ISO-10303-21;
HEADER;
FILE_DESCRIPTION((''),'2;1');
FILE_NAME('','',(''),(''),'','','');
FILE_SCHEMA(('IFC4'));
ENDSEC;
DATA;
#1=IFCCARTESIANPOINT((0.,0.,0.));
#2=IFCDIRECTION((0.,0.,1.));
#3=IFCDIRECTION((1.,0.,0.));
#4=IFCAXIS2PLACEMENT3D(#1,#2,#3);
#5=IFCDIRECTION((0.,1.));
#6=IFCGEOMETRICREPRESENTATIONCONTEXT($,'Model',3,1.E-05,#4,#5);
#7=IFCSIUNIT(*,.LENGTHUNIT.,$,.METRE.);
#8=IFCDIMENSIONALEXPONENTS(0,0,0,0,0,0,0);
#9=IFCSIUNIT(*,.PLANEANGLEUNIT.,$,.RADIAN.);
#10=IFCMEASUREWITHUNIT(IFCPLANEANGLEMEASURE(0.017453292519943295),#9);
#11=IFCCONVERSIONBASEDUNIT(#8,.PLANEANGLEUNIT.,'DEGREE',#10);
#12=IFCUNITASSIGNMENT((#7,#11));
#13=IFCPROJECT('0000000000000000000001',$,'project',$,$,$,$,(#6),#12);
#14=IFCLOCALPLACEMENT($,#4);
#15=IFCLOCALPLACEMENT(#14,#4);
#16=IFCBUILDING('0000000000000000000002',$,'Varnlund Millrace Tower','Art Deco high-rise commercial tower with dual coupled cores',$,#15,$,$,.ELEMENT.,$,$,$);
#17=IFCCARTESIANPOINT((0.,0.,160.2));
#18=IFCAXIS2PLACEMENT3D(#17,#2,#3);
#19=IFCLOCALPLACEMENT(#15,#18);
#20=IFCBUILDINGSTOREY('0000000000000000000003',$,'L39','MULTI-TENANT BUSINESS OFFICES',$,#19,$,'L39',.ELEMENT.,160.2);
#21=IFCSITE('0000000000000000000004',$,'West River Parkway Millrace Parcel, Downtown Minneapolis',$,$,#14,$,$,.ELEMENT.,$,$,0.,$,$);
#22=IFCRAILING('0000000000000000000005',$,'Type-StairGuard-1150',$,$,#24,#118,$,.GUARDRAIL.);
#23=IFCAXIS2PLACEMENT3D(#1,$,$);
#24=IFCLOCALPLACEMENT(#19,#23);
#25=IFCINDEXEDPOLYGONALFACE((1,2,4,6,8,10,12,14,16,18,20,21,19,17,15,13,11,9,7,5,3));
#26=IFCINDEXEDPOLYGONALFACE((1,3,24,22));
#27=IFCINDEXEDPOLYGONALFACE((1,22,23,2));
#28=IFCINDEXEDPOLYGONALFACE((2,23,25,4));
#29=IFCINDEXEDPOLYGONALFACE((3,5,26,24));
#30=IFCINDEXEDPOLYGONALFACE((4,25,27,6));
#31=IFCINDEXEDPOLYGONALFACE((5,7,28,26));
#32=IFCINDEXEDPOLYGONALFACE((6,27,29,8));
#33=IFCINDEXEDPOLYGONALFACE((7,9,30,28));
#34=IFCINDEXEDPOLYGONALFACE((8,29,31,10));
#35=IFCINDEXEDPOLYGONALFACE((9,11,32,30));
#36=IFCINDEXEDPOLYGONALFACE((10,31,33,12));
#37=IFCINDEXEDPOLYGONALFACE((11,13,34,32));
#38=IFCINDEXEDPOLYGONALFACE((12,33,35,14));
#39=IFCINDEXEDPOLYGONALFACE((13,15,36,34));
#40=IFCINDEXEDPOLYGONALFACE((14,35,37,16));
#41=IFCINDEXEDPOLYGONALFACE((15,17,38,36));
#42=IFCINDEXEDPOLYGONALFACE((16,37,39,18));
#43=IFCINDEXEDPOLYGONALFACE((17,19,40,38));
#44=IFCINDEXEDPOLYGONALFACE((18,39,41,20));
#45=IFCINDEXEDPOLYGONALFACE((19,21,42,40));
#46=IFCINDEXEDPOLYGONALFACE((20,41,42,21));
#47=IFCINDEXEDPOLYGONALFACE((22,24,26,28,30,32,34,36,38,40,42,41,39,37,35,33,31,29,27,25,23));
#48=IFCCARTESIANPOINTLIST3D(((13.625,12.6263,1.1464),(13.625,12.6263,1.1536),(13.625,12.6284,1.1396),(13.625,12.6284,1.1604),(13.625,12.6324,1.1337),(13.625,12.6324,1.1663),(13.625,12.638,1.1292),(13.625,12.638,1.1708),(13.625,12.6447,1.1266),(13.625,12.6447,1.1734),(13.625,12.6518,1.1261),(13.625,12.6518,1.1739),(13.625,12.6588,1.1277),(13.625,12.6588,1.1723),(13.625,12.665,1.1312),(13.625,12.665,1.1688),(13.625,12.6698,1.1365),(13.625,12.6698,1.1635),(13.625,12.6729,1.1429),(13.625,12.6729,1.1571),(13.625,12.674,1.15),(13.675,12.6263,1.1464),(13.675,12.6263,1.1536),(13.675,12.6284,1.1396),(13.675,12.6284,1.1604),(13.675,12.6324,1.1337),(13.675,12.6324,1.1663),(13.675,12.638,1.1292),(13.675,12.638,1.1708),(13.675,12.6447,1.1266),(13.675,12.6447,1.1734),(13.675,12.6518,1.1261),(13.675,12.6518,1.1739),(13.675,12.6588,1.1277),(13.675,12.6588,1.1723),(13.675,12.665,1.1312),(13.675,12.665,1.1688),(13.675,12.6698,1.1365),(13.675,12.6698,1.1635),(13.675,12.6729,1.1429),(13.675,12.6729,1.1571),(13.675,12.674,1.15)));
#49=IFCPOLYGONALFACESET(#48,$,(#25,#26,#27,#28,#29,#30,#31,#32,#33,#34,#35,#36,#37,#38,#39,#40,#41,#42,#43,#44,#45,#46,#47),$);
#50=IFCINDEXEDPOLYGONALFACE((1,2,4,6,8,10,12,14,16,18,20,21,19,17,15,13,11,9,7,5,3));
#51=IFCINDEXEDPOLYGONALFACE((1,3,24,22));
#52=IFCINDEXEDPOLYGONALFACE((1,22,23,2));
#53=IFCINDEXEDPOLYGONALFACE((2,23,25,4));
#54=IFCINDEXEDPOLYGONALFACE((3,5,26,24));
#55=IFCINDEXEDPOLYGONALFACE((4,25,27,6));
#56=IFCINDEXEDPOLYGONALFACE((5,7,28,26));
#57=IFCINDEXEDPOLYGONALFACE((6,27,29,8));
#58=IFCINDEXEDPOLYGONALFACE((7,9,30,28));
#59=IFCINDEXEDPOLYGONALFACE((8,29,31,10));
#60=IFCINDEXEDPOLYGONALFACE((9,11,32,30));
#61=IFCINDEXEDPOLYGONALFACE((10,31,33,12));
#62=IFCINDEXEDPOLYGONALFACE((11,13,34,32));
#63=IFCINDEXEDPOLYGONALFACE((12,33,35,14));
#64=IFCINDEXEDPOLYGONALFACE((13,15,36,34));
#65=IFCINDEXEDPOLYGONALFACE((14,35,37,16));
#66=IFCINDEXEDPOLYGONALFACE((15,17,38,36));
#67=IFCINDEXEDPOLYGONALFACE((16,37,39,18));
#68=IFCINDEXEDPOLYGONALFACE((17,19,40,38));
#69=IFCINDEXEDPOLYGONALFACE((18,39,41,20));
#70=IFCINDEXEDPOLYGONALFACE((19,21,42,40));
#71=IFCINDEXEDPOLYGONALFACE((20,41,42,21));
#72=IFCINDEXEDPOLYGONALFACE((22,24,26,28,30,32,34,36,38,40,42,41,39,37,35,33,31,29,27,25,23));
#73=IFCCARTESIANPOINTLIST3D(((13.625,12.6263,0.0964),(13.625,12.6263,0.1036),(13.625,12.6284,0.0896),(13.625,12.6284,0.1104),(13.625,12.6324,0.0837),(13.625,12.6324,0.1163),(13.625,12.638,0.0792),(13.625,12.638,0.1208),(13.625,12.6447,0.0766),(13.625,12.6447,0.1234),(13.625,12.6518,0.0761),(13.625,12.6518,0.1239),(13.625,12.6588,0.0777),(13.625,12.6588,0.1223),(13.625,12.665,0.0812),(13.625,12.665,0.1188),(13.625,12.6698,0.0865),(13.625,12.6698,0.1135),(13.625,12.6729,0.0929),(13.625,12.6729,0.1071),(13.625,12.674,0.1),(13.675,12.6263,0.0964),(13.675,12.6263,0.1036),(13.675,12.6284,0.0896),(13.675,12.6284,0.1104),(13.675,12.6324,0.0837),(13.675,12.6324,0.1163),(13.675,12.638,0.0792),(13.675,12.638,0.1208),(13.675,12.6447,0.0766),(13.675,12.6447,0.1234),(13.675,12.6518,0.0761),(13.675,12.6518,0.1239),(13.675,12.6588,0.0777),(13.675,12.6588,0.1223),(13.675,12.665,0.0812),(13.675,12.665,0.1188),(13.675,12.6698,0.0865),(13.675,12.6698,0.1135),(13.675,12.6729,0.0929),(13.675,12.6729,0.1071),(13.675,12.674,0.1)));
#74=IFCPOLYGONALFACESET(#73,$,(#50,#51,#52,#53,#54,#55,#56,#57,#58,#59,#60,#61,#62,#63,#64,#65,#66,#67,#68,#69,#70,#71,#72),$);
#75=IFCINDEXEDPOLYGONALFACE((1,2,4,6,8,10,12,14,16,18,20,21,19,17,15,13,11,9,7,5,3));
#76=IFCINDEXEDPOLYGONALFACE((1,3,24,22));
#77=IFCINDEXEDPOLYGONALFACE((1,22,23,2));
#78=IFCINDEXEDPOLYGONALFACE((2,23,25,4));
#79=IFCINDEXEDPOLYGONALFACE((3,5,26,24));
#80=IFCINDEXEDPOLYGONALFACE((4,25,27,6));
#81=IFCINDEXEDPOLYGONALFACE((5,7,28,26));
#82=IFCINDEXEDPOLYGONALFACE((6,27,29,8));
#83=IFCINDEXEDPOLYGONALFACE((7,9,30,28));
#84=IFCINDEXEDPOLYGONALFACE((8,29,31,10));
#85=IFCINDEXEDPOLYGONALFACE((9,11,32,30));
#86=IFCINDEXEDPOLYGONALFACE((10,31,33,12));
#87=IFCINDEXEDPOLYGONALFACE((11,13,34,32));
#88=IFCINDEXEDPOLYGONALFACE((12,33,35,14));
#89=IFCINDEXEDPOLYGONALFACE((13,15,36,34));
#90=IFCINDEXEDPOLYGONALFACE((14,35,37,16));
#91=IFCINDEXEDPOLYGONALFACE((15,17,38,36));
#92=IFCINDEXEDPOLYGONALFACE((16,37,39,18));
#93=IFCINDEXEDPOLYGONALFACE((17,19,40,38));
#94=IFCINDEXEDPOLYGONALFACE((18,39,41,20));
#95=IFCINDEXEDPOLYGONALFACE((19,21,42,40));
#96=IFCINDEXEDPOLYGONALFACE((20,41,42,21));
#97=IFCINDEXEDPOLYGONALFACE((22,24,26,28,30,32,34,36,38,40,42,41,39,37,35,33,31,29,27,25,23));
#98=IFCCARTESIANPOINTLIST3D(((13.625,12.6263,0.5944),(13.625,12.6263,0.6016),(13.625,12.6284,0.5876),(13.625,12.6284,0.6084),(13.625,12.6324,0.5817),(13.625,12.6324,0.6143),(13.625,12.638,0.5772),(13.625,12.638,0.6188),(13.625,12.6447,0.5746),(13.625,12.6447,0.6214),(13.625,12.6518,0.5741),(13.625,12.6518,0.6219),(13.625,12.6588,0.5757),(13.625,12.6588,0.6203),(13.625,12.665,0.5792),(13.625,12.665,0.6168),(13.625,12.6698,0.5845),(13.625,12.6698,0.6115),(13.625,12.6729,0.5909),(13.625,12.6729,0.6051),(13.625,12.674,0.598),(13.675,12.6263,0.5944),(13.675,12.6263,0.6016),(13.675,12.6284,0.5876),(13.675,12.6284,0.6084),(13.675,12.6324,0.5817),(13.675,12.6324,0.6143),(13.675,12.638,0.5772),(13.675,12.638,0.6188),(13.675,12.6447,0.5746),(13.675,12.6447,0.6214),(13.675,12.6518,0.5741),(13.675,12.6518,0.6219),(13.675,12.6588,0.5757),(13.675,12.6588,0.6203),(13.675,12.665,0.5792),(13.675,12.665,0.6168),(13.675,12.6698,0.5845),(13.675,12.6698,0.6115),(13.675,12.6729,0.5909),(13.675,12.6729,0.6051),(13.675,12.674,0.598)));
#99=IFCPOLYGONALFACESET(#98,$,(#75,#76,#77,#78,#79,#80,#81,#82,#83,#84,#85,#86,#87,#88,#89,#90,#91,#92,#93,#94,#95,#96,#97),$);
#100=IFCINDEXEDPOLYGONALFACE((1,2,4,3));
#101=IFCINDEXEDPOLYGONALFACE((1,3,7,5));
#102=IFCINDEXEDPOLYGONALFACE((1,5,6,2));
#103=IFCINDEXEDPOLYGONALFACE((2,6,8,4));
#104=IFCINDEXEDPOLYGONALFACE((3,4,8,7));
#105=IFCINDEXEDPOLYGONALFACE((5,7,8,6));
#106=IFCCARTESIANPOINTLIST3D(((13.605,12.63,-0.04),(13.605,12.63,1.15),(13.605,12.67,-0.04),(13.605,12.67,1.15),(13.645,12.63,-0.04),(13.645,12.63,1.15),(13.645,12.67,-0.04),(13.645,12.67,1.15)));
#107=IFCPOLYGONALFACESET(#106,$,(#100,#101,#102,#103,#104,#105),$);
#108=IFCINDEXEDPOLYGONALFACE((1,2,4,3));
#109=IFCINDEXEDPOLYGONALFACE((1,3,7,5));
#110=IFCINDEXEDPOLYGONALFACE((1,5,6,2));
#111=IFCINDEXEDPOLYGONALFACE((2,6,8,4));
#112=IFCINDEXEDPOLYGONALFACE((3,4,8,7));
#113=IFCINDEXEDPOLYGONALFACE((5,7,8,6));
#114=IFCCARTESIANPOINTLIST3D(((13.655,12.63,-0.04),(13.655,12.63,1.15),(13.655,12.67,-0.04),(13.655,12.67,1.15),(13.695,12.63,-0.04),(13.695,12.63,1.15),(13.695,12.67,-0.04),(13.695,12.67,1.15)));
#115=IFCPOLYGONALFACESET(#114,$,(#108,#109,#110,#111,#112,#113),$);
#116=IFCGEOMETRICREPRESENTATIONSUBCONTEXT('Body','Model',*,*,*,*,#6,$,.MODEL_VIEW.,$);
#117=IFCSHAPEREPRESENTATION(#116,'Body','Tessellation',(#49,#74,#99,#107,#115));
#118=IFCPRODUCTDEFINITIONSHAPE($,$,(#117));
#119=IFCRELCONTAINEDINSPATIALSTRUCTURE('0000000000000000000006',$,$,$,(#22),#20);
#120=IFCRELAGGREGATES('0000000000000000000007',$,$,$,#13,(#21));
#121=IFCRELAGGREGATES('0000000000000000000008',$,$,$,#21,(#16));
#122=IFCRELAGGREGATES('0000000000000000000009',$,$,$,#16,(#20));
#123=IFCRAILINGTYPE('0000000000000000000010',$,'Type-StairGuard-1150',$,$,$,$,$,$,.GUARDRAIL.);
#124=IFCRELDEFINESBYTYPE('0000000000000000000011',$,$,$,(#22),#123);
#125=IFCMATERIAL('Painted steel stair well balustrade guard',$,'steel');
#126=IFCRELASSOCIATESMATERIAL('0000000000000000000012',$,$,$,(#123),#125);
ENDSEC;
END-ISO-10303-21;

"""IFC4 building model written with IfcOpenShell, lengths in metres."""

from ifc_helpers import new_model, entity, si_unit, converted_unit, direction, frame, origin_with_axes, origin_2d_with_axis, place, context, subcontext, project, spatial, rectangle, circle, extrude, material, type_object, element, save


model = new_model("IFC4")

# Units and contexts
model_context = context("Model", 3, precision=1e-05, world=origin_with_axes(), true_north=direction((0.0, 1.0)))
body_context = subcontext(model_context, "Body", "Model", "MODEL_VIEW")
ifc_project = project(units=[si_unit("LENGTHUNIT", "METRE"), converted_unit("PLANEANGLEUNIT", "DEGREE", entity("IfcPlaneAngleMeasure", 0.017453292519943295), si_unit("PLANEANGLEUNIT", "RADIAN"), dimensions=[0, 0, 0, 0, 0, 0, 0])], contexts=[model_context])

# Site, building, storey
site_placement = place(None, origin_with_axes())
site = spatial("IfcSite", under=ifc_project, at=site_placement, Name="West River Parkway Millrace Parcel, Downtown Minneapolis", CompositionType="ELEMENT", RefElevation=0.0)
building_placement = place(site_placement, origin_with_axes())
building = spatial("IfcBuilding", under=site, at=building_placement, Name="Varnlund Millrace Tower", Description="Art Deco high-rise commercial tower with dual coupled cores", CompositionType="ELEMENT")
storey_placement = place(building_placement, frame((0.0, 0.0, 160.2), z_axis=(0.0, 0.0, 1.0), x_axis=(1.0, 0.0, 0.0)))
storey = spatial("IfcBuildingStorey", under=building, at=storey_placement, Name="L39", Description="MULTI-TENANT BUSINESS OFFICES", LongName="L39", CompositionType="ELEMENT", Elevation=160.2)

# Railing
ifc_material_1 = material(Name="Painted steel stair well balustrade guard", Category="steel")
railing_type_1 = type_object("IfcRailingType", Name="Type-StairGuard-1150", PredefinedType="GUARDRAIL", material=ifc_material_1)
railing_1_placement = place(storey_placement, frame((0.0, 0.0, -160.2), z_axis=(0.0, 0.0, 1.0), x_axis=(1.0, 0.0, 0.0)))
element("IfcRailing", 1, at=railing_1_placement, inside=storey, type_object=railing_type_1, Name="Type-StairGuard-1150", PredefinedType="GUARDRAIL", context=body_context, shape_type="SweptSolid", body=[
    extrude(circle(Radius=0.024, at=origin_2d_with_axis()), frame((13.625, 12.65, 161.35), z_axis=(1.0, 0.0, 0.0), x_axis=(0.0, 1.0, 0.0)), (0.0, 0.0, 1.0), 0.05),
    extrude(circle(Radius=0.024, at=origin_2d_with_axis()), frame((13.625, 12.65, 160.3), z_axis=(1.0, 0.0, 0.0), x_axis=(0.0, 1.0, 0.0)), (0.0, 0.0, 1.0), 0.05),
    extrude(circle(Radius=0.024, at=origin_2d_with_axis()), frame((13.625, 12.65, 160.798), z_axis=(1.0, 0.0, 0.0), x_axis=(0.0, 1.0, 0.0)), (0.0, 0.0, 1.0), 0.05),
    extrude(rectangle(XDim=0.04, YDim=0.04, at=origin_2d_with_axis()), frame((13.625, 12.65, 160.16), z_axis=(0.0, 0.0, 1.0), x_axis=(1.0, 0.0, 0.0)), (0.0, 0.0, 1.0), 1.19),
    extrude(rectangle(XDim=0.04, YDim=0.04, at=origin_2d_with_axis()), frame((13.675, 12.65, 160.16), z_axis=(0.0, 0.0, 1.0), x_axis=(1.0, 0.0, 0.0)), (0.0, 0.0, 1.0), 1.19),
])

save(model, "model.ifc")
